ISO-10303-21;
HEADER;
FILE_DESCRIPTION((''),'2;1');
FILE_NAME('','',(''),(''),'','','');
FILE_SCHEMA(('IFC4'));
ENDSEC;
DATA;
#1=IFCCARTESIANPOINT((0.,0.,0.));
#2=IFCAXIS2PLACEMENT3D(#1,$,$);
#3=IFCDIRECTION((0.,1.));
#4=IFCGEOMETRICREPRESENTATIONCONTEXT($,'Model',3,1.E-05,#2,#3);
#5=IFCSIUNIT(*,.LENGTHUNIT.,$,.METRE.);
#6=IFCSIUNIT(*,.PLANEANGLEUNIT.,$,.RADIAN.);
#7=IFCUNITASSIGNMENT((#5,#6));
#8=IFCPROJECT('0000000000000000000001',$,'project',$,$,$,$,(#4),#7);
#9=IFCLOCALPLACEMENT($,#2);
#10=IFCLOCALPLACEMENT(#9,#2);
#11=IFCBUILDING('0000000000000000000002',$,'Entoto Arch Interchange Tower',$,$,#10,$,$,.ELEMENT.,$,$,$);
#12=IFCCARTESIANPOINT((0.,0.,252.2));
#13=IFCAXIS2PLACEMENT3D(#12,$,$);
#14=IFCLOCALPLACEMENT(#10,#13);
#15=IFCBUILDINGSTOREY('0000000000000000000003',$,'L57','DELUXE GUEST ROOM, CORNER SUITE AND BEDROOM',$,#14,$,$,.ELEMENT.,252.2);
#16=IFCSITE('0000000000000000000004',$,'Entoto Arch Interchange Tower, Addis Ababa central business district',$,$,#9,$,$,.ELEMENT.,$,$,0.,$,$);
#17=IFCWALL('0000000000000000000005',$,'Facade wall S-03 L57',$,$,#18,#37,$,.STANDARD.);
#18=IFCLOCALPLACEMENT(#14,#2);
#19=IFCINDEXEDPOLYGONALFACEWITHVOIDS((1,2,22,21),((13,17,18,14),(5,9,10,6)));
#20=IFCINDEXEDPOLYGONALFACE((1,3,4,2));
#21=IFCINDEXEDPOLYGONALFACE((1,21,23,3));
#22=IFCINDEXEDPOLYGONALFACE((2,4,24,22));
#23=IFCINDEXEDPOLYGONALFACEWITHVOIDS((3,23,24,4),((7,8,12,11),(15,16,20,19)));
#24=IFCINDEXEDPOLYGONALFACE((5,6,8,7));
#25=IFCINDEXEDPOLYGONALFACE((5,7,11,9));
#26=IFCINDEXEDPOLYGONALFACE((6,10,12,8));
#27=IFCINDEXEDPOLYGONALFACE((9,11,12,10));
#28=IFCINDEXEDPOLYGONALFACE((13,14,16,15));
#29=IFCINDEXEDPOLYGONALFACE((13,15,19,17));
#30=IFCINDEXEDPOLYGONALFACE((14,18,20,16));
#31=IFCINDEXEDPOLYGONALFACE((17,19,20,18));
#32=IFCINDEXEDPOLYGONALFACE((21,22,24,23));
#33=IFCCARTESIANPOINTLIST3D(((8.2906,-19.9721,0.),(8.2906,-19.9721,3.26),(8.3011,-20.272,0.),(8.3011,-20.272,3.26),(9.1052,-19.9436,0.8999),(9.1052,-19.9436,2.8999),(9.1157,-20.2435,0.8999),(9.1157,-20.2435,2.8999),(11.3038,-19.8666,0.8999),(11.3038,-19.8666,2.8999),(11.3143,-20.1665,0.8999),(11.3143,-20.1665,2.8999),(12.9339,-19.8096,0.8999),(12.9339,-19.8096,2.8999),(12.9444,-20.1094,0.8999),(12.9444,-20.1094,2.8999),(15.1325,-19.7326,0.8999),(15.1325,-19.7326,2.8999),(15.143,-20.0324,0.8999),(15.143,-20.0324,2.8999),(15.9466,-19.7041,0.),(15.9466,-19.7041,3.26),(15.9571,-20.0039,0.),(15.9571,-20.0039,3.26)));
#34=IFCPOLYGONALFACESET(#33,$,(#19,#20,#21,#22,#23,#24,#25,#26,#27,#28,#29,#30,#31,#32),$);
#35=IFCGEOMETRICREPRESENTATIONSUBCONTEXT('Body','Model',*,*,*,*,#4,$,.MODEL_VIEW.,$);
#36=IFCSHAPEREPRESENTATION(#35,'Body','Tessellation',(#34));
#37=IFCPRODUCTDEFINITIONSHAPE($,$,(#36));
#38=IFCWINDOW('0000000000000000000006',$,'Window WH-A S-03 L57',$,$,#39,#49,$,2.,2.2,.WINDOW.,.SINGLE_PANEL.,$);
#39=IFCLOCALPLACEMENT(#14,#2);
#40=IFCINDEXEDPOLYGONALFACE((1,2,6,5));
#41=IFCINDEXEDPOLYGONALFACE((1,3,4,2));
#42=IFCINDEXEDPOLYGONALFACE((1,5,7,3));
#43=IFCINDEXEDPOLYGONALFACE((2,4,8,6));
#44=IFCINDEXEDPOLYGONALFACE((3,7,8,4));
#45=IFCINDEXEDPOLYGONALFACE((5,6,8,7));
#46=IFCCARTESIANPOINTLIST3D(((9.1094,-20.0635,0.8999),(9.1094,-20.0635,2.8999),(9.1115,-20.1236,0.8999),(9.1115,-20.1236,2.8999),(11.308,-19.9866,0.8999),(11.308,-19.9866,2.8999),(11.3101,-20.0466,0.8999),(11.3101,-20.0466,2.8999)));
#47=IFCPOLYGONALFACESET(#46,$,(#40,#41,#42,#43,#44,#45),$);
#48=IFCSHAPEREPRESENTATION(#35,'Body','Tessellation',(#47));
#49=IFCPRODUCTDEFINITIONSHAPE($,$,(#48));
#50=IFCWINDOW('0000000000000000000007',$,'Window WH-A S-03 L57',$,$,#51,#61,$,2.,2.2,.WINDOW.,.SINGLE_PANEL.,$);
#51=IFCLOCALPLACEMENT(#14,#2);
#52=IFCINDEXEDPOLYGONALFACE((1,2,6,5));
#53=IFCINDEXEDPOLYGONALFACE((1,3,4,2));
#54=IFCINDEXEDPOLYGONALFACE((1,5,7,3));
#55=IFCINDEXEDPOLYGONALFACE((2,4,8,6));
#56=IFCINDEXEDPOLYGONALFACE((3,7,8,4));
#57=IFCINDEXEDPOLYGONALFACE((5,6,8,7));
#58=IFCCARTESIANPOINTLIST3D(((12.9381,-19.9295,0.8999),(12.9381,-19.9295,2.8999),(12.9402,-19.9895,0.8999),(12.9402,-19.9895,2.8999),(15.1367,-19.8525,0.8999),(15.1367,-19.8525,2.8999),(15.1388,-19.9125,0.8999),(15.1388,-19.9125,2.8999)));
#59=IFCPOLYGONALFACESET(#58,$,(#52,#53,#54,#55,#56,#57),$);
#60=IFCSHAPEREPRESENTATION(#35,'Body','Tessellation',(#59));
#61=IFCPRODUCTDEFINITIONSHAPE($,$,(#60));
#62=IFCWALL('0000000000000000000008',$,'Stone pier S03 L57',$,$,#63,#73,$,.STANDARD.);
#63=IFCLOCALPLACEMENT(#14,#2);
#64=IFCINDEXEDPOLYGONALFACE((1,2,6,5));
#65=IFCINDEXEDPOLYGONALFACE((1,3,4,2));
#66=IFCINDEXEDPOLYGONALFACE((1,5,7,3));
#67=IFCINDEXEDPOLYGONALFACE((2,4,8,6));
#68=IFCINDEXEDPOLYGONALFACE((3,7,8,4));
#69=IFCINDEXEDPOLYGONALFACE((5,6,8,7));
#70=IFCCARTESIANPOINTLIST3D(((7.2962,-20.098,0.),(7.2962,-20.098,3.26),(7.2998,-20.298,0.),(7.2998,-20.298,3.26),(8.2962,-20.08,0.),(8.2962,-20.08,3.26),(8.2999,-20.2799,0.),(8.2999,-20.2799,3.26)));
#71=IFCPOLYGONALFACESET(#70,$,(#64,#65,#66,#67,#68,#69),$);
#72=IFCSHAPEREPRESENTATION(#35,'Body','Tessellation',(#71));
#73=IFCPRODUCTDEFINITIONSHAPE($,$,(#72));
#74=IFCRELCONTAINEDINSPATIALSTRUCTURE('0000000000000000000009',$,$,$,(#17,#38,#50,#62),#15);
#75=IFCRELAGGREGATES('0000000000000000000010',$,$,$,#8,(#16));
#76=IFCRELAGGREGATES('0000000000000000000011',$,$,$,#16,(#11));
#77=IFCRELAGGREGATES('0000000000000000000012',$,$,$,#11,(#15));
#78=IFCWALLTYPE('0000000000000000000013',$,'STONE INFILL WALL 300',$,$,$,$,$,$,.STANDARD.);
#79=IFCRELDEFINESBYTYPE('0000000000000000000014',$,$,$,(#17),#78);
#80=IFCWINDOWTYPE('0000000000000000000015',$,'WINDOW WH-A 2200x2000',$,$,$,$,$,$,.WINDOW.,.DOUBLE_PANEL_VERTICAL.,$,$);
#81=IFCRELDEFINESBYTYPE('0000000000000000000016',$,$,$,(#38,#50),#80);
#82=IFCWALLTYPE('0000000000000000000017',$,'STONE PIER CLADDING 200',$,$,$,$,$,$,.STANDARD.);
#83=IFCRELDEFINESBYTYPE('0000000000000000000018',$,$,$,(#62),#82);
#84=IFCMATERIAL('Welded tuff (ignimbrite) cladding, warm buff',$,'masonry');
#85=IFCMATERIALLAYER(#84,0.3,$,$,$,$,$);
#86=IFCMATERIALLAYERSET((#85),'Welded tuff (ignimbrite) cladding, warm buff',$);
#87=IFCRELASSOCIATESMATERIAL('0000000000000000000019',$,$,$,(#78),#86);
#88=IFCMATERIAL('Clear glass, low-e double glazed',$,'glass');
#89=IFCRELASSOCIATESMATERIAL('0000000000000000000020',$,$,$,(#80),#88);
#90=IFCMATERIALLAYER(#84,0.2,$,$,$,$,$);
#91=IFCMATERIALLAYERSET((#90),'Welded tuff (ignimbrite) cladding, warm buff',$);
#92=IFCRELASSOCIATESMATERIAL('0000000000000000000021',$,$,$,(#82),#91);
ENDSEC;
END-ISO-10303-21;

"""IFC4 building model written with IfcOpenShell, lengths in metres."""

from ifc_helpers import new_model, si_unit, direction, frame, frame_2d, origin, place, context, subcontext, project, spatial, rectangle, extrude, material, layer, layer_set, type_object, element, fill, save


model = new_model("IFC4")

# Units and contexts
model_context = context("Model", 3, precision=1e-05, world=origin(), true_north=direction((0.0, 1.0)))
body_context = subcontext(model_context, "Body", "Model", "MODEL_VIEW")
ifc_project = project(units=[si_unit("LENGTHUNIT", "METRE"), si_unit("PLANEANGLEUNIT", "RADIAN")], contexts=[model_context])

# Site, building, storey
site_placement = place(None, origin())
site = spatial("IfcSite", under=ifc_project, at=site_placement, Name="Entoto Arch Interchange Tower, Addis Ababa central business district", CompositionType="ELEMENT", RefElevation=0.0)
building_placement = place(site_placement, origin())
building = spatial("IfcBuilding", under=site, at=building_placement, Name="Entoto Arch Interchange Tower", CompositionType="ELEMENT")
storey_placement = place(building_placement, frame((0.0, 0.0, 252.2)))
storey = spatial("IfcBuildingStorey", under=building, at=storey_placement, Name="L57", Description="DELUXE GUEST ROOM, CORNER SUITE AND BEDROOM", CompositionType="ELEMENT", Elevation=252.2)

# Shared definitions
ifc_material_1 = material(Name="Clear glass, low-e double glazed", Category="glass")

# Wall, openings, windows
ifc_material_2 = material(Name="Welded tuff (ignimbrite) cladding, warm buff", Category="masonry")
ifc_layer_1 = layer(ifc_material_2, 0.3)
ifc_layer_set_1 = layer_set([ifc_layer_1], Name="Welded tuff (ignimbrite) cladding, warm buff")
wall_type_1 = type_object("IfcWallType", Name="STONE INFILL WALL 300", PredefinedType="STANDARD", material=ifc_layer_set_1)
wall_1_placement = place(storey_placement, frame((8.2959, -20.1221, 0.0), z_axis=(0.0, 0.0, 1.0), x_axis=(0.999388, 0.034992, 0.0)))
wall_1 = element("IfcWall", 1, at=wall_1_placement, inside=storey, type_object=wall_type_1, Name="Facade wall S-03 L57", PredefinedType="STANDARD", context=body_context, shape_type="SweptSolid", body=[
    extrude(rectangle(XDim=7.6606, YDim=0.3, at=frame_2d((3.8303, 0.0))), origin(), (0.0, 0.0, 1.0), 3.26),
])
opening_1_placement = place(wall_1_placement, frame((0.8149, 0.0, 0.8999)))
opening_1 = element("IfcOpeningElement", 2, at=opening_1_placement, cuts=wall_1, PredefinedType="OPENING", context=body_context, shape_type="SweptSolid", body=[
    extrude(rectangle(XDim=2.2, YDim=2.0, at=frame_2d((1.1001, 1.0))), frame((0.0, 0.1602, 0.0), z_axis=(0.0, -1.0, 0.0), x_axis=(1.0, 0.0, 0.0)), (0.0, 0.0, 1.0), 0.3201),
])
opening_2_placement = place(wall_1_placement, frame((4.646, 0.0, 0.8999)))
opening_2 = element("IfcOpeningElement", 3, at=opening_2_placement, cuts=wall_1, PredefinedType="OPENING", context=body_context, shape_type="SweptSolid", body=[
    extrude(rectangle(XDim=2.2, YDim=2.0, at=frame_2d((1.1001, 1.0))), frame((0.0, 0.1602, 0.0), z_axis=(0.0, -1.0, 0.0), x_axis=(1.0, 0.0, 0.0)), (0.0, 0.0, 1.0), 0.3201),
])
window_type = type_object("IfcWindowType", Name="WINDOW WH-A 2200x2000", PartitioningType="DOUBLE_PANEL_VERTICAL", PredefinedType="WINDOW", material=ifc_material_1)
window_1_placement = place(opening_1_placement, origin())
window_1 = element("IfcWindow", 4, at=window_1_placement, inside=storey, type_object=window_type, Name="Window WH-A S-03 L57", OverallHeight=2.0, OverallWidth=2.2, PartitioningType="SINGLE_PANEL", PredefinedType="WINDOW", context=body_context, shape_type="SweptSolid", body=[
    extrude(rectangle(XDim=2.2, YDim=2.0, at=frame_2d((1.1001, 1.0))), frame((0.0, 0.03, 0.0), z_axis=(0.0, -1.0, 0.0), x_axis=(1.0, 0.0, 0.0)), (0.0, 0.0, 1.0), 0.0601),
])
fill(opening_1, window_1)
window_2_placement = place(opening_2_placement, origin())
window_2 = element("IfcWindow", 5, at=window_2_placement, inside=storey, type_object=window_type, Name="Window WH-A S-03 L57", OverallHeight=2.0, OverallWidth=2.2, PartitioningType="SINGLE_PANEL", PredefinedType="WINDOW", context=body_context, shape_type="SweptSolid", body=[
    extrude(rectangle(XDim=2.2, YDim=2.0, at=frame_2d((1.1001, 1.0))), frame((0.0, 0.03, 0.0), z_axis=(0.0, -1.0, 0.0), x_axis=(1.0, 0.0, 0.0)), (0.0, 0.0, 1.0), 0.0601),
])
fill(opening_2, window_2)

# Wall
ifc_layer_2 = layer(ifc_material_2, 0.2)
ifc_layer_set_2 = layer_set([ifc_layer_2], Name="Welded tuff (ignimbrite) cladding, warm buff")
wall_type_2 = type_object("IfcWallType", Name="STONE PIER CLADDING 200", PredefinedType="STANDARD", material=ifc_layer_set_2)
wall_2_placement = place(storey_placement, frame((7.2981, -20.198, 0.0), z_axis=(0.0, 0.0, 1.0), x_axis=(0.999837, 0.018063, 0.0)))
element("IfcWall", 6, at=wall_2_placement, inside=storey, type_object=wall_type_2, Name="Stone pier S03 L57", PredefinedType="STANDARD", context=body_context, shape_type="SweptSolid", body=[
    extrude(rectangle(XDim=1.0002, YDim=0.2, at=frame_2d((0.5, 0.0))), origin(), (0.0, 0.0, 1.0), 3.26),
])

save(model, "model.ifc")
